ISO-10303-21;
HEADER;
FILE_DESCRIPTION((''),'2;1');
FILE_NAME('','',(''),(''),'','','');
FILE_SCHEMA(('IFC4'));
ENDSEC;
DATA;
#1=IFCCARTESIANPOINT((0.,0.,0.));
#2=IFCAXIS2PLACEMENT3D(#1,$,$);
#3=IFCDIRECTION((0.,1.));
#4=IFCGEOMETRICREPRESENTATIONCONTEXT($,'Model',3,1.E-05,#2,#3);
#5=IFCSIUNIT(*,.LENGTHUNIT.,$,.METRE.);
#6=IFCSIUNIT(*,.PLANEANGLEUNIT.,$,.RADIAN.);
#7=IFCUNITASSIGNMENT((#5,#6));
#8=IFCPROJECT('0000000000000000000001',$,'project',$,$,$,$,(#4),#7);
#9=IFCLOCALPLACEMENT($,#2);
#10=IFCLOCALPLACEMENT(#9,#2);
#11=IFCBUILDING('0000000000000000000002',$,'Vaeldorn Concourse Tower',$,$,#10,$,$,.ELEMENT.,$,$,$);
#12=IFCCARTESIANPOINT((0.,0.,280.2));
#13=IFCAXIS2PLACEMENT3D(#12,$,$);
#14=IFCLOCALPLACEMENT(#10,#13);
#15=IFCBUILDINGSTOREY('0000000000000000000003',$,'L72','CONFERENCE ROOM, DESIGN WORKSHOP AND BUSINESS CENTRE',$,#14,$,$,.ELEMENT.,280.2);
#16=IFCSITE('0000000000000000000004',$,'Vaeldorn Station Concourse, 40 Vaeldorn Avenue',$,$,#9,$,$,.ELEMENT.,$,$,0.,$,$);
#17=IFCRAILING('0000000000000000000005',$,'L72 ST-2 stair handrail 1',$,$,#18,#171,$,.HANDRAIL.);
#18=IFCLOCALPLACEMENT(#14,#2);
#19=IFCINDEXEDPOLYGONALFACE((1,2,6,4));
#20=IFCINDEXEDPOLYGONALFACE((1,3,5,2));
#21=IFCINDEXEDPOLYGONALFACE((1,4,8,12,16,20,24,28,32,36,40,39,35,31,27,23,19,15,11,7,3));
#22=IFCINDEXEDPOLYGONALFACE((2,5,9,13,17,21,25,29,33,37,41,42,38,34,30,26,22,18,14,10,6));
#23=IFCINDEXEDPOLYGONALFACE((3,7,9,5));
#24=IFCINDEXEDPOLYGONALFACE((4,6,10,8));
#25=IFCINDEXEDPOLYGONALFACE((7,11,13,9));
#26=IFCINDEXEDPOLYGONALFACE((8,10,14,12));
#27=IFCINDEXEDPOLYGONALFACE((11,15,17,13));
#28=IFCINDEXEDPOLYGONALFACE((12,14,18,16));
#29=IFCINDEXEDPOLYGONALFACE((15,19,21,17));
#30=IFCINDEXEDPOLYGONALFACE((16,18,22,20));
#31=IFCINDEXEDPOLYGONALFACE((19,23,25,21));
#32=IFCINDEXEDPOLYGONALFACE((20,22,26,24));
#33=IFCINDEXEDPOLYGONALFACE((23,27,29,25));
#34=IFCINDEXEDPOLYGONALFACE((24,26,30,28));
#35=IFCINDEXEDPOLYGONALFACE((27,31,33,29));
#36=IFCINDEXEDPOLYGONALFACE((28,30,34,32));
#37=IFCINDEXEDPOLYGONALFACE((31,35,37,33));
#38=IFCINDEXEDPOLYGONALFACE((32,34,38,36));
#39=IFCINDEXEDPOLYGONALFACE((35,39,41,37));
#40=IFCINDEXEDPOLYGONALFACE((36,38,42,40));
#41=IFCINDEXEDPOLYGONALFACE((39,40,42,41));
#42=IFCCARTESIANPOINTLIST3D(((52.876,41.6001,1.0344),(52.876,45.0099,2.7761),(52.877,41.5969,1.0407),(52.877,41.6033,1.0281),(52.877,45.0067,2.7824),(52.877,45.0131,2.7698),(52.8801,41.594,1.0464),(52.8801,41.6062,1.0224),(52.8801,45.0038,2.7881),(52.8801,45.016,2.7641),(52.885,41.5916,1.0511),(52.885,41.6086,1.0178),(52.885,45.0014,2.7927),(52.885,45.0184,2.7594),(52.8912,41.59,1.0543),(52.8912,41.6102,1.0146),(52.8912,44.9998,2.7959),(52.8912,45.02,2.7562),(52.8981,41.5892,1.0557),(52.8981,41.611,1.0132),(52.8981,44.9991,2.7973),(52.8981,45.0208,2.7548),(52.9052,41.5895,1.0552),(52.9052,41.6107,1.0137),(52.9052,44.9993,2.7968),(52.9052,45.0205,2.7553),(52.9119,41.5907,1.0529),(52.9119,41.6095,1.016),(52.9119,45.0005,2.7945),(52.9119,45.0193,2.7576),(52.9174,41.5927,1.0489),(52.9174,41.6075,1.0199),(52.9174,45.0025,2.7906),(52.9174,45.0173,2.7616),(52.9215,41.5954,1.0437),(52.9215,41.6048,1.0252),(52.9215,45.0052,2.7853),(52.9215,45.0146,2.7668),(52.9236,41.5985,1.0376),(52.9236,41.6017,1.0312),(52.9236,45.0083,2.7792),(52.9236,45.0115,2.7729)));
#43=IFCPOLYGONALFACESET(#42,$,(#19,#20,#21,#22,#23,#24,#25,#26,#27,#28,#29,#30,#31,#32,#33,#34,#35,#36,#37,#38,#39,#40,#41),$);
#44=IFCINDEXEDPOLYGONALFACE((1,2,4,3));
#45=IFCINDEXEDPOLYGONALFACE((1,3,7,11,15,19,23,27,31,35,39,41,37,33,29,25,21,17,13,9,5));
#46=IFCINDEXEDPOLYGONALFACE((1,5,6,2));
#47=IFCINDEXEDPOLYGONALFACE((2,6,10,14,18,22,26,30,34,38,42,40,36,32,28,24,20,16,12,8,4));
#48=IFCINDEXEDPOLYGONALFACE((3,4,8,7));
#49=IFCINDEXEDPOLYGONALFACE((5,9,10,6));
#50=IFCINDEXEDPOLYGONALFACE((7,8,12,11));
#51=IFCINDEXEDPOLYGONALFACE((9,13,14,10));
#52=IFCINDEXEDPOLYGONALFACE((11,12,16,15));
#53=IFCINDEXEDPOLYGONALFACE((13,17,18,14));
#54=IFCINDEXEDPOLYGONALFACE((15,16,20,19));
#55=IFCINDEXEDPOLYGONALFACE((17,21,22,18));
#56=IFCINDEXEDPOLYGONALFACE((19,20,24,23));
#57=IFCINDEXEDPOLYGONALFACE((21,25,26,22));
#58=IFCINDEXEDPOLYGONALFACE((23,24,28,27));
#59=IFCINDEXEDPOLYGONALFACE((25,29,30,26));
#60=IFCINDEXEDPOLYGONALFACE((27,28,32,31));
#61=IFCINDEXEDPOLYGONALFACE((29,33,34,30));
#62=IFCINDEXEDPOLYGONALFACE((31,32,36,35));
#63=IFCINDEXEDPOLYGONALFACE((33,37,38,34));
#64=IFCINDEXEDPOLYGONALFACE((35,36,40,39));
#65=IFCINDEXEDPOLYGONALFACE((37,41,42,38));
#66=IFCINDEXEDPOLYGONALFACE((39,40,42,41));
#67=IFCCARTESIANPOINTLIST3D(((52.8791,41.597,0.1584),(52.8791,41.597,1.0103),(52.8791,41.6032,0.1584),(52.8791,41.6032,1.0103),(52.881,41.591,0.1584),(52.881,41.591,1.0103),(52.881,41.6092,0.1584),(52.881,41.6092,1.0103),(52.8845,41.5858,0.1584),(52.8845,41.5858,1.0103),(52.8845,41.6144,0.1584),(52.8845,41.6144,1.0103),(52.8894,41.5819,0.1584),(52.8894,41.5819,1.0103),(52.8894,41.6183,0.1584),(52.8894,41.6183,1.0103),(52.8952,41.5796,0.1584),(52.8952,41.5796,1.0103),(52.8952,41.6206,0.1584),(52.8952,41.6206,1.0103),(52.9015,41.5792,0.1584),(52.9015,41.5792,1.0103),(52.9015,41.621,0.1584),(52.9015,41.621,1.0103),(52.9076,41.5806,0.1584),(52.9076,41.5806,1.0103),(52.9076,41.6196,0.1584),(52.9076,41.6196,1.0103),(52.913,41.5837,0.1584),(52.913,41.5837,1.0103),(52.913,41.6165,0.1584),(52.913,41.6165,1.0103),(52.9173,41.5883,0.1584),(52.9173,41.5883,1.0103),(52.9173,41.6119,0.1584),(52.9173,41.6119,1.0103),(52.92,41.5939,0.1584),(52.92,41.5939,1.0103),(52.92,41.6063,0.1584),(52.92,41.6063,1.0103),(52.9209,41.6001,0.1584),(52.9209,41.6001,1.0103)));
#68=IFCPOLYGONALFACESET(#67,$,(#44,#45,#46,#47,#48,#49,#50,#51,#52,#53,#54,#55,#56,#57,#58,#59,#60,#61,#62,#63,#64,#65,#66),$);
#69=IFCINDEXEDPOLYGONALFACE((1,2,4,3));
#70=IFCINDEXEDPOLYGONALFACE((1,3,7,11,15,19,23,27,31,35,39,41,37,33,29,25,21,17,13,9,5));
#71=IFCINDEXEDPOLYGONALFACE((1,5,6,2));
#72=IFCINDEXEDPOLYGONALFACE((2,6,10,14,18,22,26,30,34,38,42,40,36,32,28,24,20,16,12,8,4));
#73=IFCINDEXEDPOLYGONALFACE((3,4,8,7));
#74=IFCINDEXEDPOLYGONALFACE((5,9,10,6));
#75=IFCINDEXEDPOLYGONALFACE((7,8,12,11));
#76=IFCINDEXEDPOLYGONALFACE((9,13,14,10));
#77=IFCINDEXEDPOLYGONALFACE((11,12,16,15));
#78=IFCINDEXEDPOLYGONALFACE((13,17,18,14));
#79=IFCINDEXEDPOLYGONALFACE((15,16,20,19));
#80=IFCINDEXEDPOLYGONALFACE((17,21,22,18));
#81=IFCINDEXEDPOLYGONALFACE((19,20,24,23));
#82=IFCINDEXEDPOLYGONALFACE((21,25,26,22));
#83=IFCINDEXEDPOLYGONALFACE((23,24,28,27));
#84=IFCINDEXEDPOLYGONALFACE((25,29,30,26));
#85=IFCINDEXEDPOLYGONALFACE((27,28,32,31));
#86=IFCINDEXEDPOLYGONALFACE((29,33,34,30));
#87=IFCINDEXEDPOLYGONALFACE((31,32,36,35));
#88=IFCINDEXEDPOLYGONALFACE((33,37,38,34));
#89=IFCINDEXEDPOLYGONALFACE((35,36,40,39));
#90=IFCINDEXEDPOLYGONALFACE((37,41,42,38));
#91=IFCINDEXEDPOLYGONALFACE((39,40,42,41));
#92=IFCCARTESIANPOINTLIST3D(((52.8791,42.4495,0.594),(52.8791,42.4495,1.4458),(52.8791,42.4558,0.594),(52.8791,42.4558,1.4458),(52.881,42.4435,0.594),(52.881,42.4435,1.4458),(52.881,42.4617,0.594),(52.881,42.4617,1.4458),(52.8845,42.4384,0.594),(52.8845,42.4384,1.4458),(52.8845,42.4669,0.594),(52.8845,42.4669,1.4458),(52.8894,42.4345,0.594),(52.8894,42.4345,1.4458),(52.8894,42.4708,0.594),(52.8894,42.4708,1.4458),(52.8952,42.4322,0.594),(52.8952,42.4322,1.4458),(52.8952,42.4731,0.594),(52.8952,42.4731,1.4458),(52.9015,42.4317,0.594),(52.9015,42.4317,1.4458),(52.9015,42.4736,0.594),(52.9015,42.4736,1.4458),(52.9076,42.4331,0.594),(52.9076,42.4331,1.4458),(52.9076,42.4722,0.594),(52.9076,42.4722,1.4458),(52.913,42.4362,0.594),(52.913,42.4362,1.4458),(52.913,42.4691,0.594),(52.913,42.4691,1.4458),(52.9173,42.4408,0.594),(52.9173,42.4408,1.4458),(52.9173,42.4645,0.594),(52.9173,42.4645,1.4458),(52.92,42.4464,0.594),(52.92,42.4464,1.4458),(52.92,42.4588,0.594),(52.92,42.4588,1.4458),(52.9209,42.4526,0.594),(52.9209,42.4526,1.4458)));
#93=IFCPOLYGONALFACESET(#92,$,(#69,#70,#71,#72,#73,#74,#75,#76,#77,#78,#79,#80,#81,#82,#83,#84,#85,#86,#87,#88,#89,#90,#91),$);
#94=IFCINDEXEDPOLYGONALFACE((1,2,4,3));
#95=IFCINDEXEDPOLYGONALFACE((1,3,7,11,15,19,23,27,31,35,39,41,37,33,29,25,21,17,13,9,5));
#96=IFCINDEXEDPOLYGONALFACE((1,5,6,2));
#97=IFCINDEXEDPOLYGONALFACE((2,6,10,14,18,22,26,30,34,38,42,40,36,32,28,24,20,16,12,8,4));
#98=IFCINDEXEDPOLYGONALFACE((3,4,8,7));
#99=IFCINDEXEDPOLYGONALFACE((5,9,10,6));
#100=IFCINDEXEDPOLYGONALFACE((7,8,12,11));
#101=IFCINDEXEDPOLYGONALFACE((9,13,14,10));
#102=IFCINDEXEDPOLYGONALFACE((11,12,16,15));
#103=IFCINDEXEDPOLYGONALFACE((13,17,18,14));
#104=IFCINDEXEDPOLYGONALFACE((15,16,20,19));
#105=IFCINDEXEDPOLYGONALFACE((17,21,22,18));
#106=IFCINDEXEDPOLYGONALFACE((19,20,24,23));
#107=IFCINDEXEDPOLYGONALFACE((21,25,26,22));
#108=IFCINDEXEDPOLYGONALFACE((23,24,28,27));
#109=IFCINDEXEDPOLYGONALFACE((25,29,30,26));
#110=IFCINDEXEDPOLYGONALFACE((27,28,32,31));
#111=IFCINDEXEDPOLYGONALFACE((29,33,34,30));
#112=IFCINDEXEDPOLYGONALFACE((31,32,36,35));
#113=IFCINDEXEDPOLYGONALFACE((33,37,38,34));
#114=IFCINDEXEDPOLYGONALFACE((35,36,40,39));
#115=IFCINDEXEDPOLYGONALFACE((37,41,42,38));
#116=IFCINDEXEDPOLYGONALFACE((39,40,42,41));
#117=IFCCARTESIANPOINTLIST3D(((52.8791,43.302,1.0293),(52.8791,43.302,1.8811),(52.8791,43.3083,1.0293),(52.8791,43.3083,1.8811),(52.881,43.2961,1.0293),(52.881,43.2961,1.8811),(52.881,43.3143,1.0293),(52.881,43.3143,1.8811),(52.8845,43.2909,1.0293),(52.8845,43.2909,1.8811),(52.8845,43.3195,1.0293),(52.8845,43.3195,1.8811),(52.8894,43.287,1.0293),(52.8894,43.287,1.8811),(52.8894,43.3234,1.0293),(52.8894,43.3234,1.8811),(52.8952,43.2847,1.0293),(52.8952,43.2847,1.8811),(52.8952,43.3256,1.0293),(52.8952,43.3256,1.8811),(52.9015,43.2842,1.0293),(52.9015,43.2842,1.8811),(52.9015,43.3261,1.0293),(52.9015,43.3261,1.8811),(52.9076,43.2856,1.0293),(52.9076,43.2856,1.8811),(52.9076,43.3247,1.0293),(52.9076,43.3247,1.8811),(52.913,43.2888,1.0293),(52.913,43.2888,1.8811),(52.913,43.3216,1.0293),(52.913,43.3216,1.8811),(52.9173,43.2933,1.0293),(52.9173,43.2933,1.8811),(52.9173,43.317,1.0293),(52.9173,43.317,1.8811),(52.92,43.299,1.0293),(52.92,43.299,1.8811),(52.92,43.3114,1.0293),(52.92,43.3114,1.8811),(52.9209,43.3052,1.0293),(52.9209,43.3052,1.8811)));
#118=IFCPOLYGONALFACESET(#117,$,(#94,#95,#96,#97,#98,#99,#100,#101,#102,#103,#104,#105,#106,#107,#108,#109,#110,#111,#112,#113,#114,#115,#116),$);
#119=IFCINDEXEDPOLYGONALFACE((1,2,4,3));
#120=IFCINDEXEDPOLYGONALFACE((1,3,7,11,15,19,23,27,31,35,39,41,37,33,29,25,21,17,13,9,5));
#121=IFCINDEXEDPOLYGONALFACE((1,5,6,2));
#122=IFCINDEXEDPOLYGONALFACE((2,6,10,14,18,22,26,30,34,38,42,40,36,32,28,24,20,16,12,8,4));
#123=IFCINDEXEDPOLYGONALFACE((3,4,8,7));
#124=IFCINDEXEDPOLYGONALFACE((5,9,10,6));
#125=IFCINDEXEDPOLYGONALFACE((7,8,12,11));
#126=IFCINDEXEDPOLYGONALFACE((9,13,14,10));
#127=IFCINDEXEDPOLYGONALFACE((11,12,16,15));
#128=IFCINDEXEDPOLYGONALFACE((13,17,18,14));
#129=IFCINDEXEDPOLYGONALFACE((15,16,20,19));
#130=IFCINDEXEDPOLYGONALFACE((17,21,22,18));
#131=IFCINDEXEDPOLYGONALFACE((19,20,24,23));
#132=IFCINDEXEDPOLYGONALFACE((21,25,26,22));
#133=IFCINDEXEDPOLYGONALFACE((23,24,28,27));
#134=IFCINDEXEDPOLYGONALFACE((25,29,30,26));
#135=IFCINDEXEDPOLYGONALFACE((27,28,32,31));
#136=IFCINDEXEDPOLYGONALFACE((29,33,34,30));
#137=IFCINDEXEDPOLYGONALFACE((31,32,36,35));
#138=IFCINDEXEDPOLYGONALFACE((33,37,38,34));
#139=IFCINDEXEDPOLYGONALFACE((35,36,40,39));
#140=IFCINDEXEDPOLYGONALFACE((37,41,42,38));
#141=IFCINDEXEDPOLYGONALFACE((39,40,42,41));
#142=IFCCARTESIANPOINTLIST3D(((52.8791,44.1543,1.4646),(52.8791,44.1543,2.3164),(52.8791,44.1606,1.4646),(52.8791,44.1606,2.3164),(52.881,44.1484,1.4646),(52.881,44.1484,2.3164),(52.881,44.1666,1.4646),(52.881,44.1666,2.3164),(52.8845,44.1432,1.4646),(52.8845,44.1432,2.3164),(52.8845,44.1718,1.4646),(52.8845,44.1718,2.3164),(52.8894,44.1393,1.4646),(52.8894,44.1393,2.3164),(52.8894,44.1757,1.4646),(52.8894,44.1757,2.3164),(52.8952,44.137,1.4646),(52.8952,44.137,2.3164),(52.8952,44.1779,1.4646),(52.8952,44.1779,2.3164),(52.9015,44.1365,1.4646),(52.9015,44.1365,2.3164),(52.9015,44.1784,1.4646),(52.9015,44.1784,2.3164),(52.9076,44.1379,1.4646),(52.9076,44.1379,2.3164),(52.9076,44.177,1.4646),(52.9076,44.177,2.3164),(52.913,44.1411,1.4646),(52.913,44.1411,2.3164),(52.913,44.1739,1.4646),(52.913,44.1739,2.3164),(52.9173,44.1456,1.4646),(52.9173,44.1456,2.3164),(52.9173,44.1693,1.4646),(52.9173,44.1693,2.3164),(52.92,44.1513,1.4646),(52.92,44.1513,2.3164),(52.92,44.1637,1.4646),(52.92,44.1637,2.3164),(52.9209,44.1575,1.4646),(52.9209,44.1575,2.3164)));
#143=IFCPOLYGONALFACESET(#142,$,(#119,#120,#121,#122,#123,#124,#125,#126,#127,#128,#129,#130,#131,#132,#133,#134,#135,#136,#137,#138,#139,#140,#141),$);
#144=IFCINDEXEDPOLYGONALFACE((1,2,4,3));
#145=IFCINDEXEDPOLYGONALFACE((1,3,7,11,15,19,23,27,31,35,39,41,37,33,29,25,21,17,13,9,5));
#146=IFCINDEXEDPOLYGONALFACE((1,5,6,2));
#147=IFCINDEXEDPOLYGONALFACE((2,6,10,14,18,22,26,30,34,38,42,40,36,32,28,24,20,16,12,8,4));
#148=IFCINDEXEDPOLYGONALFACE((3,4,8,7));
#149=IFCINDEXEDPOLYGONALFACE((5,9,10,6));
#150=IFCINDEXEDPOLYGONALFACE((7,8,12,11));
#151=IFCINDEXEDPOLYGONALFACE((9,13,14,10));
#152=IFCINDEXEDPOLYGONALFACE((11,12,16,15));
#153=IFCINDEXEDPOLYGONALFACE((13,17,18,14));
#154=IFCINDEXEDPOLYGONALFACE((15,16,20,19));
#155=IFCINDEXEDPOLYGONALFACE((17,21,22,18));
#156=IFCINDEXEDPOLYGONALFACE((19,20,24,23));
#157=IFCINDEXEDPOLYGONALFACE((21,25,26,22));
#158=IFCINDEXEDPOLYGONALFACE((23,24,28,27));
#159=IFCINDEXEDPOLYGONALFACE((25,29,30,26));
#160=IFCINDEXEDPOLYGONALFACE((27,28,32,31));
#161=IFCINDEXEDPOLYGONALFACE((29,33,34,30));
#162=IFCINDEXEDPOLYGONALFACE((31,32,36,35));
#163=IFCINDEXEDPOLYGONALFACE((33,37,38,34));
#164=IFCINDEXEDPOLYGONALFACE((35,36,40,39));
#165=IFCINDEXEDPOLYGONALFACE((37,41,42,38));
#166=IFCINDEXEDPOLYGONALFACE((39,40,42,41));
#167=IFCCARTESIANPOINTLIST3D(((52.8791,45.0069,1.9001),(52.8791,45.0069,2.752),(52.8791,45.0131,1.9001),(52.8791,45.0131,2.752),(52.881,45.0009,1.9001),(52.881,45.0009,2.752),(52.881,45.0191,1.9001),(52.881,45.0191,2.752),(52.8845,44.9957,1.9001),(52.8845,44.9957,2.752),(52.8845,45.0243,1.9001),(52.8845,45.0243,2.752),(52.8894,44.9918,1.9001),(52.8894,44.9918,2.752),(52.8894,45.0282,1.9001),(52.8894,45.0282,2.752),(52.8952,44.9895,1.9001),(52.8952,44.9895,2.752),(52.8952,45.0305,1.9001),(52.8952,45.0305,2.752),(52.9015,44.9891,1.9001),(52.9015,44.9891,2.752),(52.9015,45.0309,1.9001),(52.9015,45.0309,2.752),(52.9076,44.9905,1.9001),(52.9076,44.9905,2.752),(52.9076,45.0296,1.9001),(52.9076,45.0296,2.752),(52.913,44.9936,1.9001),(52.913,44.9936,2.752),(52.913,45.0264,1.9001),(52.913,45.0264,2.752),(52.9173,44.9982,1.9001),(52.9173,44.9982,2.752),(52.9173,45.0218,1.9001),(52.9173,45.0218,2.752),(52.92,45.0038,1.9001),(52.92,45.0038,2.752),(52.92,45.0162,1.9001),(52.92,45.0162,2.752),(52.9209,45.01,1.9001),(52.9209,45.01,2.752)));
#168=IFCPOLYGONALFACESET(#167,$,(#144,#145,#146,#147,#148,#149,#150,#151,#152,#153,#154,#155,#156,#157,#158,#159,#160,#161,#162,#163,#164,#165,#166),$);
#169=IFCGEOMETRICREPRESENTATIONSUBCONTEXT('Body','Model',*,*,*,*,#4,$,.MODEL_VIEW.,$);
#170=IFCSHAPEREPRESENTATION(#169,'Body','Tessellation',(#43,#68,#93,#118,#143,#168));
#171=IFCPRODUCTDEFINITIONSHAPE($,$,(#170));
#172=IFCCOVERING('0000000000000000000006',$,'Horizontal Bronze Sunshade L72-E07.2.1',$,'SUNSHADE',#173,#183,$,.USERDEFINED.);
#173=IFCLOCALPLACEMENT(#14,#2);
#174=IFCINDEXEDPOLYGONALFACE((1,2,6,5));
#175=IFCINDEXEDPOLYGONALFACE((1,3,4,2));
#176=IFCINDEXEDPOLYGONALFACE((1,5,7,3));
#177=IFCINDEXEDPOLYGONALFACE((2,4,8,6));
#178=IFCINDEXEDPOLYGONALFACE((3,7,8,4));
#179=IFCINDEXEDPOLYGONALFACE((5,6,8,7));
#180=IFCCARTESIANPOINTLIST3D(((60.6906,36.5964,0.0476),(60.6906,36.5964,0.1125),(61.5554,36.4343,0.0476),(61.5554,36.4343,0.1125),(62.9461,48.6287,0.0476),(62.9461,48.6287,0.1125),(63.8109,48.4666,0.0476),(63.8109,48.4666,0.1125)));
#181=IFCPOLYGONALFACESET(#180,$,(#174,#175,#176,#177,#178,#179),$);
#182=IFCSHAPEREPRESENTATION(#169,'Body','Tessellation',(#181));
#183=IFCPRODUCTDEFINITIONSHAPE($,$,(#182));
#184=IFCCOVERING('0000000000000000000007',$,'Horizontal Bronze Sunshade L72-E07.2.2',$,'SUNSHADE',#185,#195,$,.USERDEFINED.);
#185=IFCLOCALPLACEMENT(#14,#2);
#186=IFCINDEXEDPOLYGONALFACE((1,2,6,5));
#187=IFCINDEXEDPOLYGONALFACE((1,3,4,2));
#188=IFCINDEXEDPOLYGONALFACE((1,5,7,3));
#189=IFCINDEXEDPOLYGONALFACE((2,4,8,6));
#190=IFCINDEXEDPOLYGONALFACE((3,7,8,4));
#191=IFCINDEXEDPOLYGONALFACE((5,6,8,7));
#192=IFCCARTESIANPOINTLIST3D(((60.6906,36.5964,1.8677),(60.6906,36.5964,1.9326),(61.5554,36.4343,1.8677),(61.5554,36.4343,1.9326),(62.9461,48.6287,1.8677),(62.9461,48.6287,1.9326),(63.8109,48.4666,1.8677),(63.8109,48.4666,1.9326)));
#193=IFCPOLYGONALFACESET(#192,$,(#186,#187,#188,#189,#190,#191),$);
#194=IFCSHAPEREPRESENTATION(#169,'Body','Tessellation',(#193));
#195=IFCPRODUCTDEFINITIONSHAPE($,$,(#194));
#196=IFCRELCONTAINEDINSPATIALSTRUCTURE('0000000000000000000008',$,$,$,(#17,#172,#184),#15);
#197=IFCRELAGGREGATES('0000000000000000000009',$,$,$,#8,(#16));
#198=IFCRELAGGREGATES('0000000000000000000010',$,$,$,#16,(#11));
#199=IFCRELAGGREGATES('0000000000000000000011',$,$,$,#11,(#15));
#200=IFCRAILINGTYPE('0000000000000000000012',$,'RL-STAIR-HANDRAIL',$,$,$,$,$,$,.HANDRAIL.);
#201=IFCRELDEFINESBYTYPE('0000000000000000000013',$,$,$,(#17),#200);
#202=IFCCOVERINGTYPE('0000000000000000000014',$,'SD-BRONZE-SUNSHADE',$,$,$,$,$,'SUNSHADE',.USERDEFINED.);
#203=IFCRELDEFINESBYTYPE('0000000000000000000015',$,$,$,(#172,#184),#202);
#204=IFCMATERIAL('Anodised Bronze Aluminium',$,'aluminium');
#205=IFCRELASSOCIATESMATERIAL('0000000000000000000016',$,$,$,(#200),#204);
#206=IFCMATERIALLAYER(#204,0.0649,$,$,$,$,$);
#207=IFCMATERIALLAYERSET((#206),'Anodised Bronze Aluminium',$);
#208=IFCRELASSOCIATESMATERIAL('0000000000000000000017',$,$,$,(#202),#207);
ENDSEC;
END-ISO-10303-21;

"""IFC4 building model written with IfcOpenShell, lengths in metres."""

from ifc_helpers import new_model, si_unit, direction, frame, origin, origin_2d, place, context, subcontext, project, spatial, rectangle, circle, extrude, source, transform, mapped, material, layer, layer_set, type_object, element, save


model = new_model("IFC4")

# Units and contexts
model_context = context("Model", 3, precision=1e-05, world=origin(), true_north=direction((0.0, 1.0)))
body_context = subcontext(model_context, "Body", "Model", "MODEL_VIEW")
ifc_project = project(units=[si_unit("LENGTHUNIT", "METRE"), si_unit("PLANEANGLEUNIT", "RADIAN")], contexts=[model_context])

# Site, building, storey
site_placement = place(None, origin())
site = spatial("IfcSite", under=ifc_project, at=site_placement, Name="Vaeldorn Station Concourse, 40 Vaeldorn Avenue", CompositionType="ELEMENT", RefElevation=0.0)
building_placement = place(site_placement, origin())
building = spatial("IfcBuilding", under=site, at=building_placement, Name="Vaeldorn Concourse Tower", CompositionType="ELEMENT")
storey_placement = place(building_placement, frame((0.0, 0.0, 280.2)))
storey = spatial("IfcBuildingStorey", under=building, at=storey_placement, Name="L72", Description="CONFERENCE ROOM, DESIGN WORKSHOP AND BUSINESS CENTRE", CompositionType="ELEMENT", Elevation=280.2)

# Shared definitions
ifc_material_1 = material(Name="Anodised Bronze Aluminium", Category="aluminium")

# Railing
railing_type_1 = type_object("IfcRailingType", Name="RL-STAIR-HANDRAIL", PredefinedType="HANDRAIL", material=ifc_material_1)
railing_1_placement = place(storey_placement, frame((52.8999, 41.6001, 0.1584)))
element("IfcRailing", 1, at=railing_1_placement, inside=storey, type_object=railing_type_1, Name="L72 ST-2 stair handrail 1", PredefinedType="HANDRAIL", context=body_context, shape_type="SweptSolid", body=[
    extrude(circle(Radius=0.0239, at=origin_2d()), frame((0.0, 0.0, 0.876), z_axis=(0.0, 0.890556, 0.454874), x_axis=(-1.0, 0.0, 0.0)), (0.0, 0.0, 1.0), 3.8289),
    extrude(circle(Radius=0.021, at=origin_2d()), origin(), (0.0, 0.0, 1.0), 0.8518),
    extrude(circle(Radius=0.021, at=origin_2d()), frame((0.0, 0.8525, 0.4355)), (0.0, 0.0, 1.0), 0.8518),
    extrude(circle(Radius=0.021, at=origin_2d()), frame((0.0, 1.7051, 0.8708)), (0.0, 0.0, 1.0), 0.8518),
    extrude(circle(Radius=0.021, at=origin_2d()), frame((0.0, 2.5574, 1.3062)), (0.0, 0.0, 1.0), 0.8518),
    extrude(circle(Radius=0.021, at=origin_2d()), frame((0.0, 3.4099, 1.7417)), (0.0, 0.0, 1.0), 0.8518),
])

# Coverings
ifc_layer_1 = layer(ifc_material_1, 0.0649)
ifc_layer_set_1 = layer_set([ifc_layer_1], Name="Anodised Bronze Aluminium")
covering_type = type_object("IfcCoveringType", Name="SD-BRONZE-SUNSHADE", ElementType="SUNSHADE", PredefinedType="USERDEFINED", material=ifc_layer_set_1)
shared_shape_1 = source(origin(), body_context, "Body", "SweptSolid", [
    extrude(rectangle(XDim=12.2419, YDim=0.8799, at=origin_2d()), origin(), (0.0, 0.0, 1.0), 0.0649),
])
for number, where, z_axis, x_axis, name in (
    (2, (62.2507, 42.5315, 0.0476), (0.0, 0.0, 1.0), (0.184243, 0.982881, 0.0), "Horizontal Bronze Sunshade L72-E07.2.1"),
    (3, (62.2507, 42.5315, 1.8677), (0.0, 0.0, 1.0), (0.184243, 0.982881, 0.0), "Horizontal Bronze Sunshade L72-E07.2.2"),
):
    element("IfcCovering", number, at=place(storey_placement, frame(where, z_axis=z_axis, x_axis=x_axis)), inside=storey, type_object=covering_type, Name=name, ObjectType="SUNSHADE", PredefinedType="USERDEFINED", context=body_context, shape_type="MappedRepresentation", body=[
        mapped(shared_shape_1, transform((0.0, 0.0, 0.0), scale=1.0)),
    ])

save(model, "model.ifc")
